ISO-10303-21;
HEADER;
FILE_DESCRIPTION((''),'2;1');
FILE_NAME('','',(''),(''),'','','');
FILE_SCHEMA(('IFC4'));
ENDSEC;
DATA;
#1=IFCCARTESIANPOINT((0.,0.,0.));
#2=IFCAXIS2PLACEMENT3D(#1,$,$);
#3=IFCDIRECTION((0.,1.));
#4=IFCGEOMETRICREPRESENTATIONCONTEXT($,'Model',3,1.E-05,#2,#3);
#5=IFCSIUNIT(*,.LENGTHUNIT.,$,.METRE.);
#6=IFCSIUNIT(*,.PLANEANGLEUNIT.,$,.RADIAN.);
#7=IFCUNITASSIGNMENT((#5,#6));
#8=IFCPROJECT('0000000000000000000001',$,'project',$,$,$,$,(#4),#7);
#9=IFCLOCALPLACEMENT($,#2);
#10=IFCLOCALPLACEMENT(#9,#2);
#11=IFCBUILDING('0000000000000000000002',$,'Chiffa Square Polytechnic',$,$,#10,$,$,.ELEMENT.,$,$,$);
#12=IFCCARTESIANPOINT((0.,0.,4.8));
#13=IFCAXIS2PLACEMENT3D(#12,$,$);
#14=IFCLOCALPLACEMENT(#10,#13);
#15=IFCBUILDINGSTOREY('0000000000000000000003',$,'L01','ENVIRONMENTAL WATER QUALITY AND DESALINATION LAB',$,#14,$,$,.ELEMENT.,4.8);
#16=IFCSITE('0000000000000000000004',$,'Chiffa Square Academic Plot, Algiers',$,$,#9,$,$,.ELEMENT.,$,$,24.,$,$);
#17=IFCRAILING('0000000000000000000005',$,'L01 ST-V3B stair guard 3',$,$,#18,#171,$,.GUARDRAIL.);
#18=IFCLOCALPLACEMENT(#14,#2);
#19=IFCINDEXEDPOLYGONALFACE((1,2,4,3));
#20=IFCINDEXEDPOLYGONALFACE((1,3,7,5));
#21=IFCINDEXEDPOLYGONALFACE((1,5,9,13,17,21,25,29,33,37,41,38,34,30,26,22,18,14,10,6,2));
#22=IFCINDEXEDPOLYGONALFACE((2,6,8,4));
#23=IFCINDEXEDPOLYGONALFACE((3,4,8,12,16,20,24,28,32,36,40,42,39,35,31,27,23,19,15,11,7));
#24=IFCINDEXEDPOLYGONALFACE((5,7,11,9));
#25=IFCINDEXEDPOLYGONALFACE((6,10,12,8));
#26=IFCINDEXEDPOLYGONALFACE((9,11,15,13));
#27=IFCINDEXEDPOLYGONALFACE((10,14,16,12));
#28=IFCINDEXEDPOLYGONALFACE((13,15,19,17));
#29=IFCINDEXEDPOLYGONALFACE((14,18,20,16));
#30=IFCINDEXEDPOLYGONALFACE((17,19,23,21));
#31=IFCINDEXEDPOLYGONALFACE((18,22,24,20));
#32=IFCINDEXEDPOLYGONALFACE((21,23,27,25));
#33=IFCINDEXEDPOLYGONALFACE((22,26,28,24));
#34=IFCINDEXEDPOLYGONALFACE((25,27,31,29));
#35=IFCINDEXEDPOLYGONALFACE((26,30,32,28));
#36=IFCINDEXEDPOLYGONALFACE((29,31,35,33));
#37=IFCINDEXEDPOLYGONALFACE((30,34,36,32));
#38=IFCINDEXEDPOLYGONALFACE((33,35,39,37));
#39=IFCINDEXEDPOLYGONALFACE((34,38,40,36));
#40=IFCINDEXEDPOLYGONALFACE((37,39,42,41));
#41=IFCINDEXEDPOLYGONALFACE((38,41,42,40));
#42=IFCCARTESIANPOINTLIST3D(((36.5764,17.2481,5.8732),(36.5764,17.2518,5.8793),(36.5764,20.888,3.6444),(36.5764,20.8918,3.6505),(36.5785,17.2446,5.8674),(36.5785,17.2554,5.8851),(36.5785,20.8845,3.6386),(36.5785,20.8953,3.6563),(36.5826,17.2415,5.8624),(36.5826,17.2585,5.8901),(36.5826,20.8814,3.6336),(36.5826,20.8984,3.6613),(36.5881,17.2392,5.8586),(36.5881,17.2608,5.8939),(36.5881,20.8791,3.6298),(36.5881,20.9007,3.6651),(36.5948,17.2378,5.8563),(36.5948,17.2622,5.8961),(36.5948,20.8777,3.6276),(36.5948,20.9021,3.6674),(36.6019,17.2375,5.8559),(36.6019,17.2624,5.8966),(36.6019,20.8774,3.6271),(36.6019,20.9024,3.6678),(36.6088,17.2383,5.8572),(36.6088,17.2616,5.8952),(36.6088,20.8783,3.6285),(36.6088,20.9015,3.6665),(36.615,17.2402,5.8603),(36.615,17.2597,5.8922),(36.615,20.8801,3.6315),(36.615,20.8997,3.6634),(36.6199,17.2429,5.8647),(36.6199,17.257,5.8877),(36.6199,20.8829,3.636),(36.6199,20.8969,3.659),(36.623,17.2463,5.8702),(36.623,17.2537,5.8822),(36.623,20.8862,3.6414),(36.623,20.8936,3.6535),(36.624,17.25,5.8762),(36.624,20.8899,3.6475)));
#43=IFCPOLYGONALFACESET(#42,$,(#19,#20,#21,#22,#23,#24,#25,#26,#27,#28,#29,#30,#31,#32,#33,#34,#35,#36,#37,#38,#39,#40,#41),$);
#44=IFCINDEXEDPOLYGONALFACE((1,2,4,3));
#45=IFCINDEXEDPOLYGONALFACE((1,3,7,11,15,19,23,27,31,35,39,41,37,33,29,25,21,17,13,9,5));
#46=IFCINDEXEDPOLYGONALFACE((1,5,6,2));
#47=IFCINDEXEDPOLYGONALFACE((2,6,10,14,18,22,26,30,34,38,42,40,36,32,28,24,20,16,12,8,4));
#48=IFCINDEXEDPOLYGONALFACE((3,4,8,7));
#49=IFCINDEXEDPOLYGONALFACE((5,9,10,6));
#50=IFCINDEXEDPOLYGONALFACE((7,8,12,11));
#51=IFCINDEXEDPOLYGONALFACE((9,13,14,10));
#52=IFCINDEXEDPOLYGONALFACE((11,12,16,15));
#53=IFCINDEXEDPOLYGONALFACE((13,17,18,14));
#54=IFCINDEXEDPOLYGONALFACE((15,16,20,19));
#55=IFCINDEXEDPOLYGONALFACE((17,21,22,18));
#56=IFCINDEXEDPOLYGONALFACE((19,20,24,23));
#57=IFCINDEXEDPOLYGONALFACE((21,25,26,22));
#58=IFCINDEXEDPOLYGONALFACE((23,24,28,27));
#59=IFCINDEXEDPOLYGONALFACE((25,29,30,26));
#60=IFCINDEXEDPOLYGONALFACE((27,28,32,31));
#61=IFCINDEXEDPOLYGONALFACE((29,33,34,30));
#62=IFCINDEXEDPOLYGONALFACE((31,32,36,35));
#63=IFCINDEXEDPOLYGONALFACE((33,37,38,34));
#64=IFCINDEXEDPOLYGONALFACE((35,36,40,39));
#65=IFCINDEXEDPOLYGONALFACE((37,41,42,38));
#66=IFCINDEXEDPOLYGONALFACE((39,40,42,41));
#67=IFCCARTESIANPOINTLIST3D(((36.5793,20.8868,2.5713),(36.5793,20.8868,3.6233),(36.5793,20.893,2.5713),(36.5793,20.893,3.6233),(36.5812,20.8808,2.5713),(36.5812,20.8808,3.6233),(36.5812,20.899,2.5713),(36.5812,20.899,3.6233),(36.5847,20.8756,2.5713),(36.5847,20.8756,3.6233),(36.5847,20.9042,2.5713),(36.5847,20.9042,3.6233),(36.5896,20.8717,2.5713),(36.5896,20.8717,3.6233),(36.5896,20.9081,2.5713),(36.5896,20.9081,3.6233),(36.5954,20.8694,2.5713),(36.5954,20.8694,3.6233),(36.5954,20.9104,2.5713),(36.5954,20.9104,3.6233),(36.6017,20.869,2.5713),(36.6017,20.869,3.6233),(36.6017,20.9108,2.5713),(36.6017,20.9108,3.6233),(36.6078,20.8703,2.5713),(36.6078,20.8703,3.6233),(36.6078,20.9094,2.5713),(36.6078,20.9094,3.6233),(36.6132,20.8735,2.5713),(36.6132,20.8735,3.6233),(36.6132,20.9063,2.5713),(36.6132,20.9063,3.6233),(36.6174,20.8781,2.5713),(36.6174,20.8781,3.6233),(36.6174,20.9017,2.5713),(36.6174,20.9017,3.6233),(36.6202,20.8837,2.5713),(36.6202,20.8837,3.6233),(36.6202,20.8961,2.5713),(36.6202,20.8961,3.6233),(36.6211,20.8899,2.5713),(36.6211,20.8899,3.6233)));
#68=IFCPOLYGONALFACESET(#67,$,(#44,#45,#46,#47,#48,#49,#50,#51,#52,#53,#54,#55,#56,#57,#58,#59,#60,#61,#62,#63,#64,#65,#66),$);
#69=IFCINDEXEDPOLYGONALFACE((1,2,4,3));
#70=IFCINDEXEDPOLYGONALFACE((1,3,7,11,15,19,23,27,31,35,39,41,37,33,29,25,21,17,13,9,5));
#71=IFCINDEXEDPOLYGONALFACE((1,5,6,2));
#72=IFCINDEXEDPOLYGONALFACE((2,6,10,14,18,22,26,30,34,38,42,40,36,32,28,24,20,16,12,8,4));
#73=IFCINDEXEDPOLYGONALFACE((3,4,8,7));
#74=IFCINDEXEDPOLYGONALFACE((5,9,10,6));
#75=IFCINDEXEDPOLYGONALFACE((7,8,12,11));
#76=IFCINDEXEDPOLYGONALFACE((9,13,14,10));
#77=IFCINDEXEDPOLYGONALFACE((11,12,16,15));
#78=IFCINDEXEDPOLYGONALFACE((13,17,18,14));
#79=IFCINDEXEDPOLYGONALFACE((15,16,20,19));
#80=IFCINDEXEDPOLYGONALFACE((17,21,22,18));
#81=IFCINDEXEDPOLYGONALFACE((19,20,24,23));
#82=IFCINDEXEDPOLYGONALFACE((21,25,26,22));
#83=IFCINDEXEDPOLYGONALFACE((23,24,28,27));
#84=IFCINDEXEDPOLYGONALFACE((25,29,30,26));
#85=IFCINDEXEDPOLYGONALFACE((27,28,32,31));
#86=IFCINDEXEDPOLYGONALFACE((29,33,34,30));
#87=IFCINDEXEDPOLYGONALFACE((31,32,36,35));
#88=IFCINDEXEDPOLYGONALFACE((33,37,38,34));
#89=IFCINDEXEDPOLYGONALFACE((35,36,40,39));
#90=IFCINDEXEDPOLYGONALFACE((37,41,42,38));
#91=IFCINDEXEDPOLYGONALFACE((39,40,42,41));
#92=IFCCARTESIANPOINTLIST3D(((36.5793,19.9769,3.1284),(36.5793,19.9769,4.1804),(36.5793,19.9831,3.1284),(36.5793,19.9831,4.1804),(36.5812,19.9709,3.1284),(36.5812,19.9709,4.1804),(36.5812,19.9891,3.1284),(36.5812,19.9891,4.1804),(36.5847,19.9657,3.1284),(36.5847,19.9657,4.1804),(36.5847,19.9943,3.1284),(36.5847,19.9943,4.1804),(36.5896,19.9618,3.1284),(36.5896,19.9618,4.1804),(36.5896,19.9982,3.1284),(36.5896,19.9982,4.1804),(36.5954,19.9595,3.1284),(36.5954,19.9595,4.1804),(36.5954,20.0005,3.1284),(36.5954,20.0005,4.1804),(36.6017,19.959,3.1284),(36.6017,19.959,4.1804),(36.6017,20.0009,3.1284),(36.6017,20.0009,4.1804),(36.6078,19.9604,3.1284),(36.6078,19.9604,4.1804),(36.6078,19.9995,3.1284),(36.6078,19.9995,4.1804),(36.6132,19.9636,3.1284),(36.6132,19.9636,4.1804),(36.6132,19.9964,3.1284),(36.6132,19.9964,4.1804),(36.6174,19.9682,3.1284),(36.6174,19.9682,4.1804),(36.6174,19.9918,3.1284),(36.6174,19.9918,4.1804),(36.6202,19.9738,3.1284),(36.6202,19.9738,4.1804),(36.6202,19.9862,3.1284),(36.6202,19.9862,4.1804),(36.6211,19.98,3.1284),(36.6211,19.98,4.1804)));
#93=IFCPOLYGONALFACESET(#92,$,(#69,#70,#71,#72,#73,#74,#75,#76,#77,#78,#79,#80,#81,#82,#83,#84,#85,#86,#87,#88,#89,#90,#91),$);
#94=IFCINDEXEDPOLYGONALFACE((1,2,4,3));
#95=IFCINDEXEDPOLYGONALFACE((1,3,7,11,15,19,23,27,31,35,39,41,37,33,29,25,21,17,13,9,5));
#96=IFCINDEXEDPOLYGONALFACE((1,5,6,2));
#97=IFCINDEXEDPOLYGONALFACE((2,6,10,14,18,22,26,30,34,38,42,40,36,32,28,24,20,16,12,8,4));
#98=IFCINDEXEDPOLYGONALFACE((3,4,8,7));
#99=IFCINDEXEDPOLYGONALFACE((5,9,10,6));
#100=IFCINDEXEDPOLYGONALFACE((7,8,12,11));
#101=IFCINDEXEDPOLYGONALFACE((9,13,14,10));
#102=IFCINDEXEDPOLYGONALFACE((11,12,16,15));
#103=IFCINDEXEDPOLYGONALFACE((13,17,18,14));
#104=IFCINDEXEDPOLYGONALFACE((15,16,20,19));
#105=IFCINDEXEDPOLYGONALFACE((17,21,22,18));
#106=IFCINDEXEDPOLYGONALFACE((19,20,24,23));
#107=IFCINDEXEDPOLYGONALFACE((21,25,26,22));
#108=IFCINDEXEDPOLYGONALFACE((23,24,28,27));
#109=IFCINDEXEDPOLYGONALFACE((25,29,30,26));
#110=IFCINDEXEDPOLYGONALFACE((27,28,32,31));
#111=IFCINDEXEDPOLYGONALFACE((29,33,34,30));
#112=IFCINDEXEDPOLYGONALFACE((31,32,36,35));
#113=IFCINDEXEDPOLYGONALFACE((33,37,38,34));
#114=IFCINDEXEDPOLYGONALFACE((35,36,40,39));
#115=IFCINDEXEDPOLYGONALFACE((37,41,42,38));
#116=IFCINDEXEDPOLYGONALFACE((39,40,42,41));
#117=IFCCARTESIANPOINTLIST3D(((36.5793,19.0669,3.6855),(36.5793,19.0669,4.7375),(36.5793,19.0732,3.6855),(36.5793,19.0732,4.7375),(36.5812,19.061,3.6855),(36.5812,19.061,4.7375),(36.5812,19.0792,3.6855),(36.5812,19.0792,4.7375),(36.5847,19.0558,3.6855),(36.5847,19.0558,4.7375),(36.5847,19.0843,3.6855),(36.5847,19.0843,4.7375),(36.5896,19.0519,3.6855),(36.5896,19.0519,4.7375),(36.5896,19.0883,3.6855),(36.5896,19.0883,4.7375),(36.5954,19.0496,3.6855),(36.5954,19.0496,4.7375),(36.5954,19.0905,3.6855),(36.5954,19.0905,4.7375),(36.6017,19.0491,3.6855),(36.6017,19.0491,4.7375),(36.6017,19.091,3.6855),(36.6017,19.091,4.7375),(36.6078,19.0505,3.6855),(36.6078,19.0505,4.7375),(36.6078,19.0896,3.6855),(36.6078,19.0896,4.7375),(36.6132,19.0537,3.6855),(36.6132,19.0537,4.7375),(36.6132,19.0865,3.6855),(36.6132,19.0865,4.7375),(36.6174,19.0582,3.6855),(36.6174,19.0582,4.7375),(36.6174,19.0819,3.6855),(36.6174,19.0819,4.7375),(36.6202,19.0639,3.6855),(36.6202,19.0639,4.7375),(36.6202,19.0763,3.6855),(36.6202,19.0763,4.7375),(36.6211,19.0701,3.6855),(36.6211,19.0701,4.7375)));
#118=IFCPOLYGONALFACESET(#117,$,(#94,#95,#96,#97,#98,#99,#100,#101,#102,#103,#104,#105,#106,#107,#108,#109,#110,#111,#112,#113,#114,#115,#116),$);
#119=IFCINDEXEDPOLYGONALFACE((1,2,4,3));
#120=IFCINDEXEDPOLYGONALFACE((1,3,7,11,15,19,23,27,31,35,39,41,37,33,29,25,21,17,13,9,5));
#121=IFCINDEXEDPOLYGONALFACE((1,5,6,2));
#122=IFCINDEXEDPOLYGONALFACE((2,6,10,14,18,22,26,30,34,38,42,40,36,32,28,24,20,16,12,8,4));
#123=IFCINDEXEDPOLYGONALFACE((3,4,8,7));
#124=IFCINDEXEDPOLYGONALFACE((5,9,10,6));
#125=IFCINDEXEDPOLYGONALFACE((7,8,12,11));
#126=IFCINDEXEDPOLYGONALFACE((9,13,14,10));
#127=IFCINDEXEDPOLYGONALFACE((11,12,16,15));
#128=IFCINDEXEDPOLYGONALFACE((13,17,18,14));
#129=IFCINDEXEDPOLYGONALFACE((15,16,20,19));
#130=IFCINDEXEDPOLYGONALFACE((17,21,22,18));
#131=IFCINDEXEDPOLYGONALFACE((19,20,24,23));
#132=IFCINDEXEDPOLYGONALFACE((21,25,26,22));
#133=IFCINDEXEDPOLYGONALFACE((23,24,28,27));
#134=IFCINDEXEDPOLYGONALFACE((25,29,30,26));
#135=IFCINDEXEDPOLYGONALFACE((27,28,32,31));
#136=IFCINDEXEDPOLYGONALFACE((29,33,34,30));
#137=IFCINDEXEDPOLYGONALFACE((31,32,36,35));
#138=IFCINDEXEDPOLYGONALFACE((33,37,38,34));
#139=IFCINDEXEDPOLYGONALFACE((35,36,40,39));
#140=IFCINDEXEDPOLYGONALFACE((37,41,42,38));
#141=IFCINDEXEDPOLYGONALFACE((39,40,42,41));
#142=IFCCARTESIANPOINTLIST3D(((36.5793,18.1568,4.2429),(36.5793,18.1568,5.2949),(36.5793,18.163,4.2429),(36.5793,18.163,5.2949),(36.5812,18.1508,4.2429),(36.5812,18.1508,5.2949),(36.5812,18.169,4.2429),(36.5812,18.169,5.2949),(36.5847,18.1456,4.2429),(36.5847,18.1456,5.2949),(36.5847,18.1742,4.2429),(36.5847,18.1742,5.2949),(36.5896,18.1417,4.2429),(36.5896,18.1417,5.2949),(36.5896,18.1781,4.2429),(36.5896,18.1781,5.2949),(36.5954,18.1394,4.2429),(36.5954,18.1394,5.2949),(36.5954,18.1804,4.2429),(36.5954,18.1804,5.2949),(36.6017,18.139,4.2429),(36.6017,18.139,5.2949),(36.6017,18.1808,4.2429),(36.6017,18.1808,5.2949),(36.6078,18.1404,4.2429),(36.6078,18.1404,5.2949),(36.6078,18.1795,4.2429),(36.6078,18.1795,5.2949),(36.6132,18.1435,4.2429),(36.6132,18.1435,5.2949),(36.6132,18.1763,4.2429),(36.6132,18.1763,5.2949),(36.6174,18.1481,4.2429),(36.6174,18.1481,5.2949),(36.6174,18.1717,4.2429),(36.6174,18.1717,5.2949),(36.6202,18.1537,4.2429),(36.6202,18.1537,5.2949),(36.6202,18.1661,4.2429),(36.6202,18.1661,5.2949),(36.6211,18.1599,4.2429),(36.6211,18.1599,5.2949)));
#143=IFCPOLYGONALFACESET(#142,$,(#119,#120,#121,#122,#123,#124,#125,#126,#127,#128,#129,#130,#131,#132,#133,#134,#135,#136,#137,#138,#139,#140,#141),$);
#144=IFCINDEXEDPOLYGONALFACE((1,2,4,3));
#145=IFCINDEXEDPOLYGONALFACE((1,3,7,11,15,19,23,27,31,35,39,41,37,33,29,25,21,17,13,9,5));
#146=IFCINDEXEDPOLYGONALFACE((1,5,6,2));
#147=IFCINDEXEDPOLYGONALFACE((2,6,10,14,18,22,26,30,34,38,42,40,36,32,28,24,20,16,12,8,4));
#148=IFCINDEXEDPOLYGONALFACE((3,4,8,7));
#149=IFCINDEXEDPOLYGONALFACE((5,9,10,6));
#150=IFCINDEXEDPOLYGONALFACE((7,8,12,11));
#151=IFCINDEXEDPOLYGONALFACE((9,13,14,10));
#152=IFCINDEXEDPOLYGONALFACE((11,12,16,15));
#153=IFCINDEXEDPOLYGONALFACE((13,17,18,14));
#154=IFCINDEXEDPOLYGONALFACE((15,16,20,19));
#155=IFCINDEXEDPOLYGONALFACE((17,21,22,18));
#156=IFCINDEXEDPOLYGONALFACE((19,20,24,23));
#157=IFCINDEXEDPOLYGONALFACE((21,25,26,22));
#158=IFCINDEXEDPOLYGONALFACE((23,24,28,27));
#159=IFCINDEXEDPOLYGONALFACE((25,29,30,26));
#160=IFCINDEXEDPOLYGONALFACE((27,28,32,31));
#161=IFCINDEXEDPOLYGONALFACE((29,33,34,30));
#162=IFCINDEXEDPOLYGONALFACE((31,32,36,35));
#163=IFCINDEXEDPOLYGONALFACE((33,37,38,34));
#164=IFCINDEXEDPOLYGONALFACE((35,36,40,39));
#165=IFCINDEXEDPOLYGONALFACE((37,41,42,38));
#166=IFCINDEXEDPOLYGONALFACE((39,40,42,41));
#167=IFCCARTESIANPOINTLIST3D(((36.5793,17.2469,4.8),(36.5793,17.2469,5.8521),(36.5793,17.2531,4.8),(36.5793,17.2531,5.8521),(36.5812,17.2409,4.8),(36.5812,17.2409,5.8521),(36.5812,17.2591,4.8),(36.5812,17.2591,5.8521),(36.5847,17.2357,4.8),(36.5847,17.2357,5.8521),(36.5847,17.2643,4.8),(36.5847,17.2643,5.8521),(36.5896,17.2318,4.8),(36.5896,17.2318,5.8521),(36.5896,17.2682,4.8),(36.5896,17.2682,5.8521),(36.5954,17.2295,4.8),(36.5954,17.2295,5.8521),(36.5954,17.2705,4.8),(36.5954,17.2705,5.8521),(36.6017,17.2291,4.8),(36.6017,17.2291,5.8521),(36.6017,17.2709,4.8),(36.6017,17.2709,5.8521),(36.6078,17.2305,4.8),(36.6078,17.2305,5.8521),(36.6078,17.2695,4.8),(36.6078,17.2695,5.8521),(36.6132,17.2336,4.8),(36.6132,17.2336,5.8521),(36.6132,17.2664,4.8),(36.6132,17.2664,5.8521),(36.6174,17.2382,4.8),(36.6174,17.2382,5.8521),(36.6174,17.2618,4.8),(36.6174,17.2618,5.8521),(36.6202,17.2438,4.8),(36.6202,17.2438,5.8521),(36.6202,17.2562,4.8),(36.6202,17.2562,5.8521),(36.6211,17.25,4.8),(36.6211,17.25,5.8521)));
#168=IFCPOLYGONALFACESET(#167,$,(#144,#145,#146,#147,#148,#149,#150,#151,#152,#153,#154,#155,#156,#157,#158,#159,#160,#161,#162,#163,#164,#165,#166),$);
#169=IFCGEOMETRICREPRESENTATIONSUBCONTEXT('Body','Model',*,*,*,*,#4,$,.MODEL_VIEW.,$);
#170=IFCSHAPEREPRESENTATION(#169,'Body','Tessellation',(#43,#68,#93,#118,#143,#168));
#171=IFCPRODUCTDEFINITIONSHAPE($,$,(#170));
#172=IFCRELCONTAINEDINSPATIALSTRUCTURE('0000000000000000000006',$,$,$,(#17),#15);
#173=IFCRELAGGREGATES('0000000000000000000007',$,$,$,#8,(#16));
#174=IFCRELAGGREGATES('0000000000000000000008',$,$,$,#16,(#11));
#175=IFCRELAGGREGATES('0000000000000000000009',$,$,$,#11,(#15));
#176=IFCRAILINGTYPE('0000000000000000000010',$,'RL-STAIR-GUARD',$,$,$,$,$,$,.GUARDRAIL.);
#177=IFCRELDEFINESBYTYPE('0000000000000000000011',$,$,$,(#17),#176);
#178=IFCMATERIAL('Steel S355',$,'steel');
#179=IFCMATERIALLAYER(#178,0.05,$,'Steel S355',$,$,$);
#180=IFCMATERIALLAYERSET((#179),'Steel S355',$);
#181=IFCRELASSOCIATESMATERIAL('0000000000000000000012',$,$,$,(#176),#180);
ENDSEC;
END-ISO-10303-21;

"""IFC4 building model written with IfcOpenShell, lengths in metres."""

from ifc_helpers import new_model, si_unit, direction, frame, origin, origin_2d, place, context, subcontext, project, spatial, circle, extrude, material, layer, layer_set, type_object, element, save


model = new_model("IFC4")

# Units and contexts
model_context = context("Model", 3, precision=1e-05, world=origin(), true_north=direction((0.0, 1.0)))
body_context = subcontext(model_context, "Body", "Model", "MODEL_VIEW")
ifc_project = project(units=[si_unit("LENGTHUNIT", "METRE"), si_unit("PLANEANGLEUNIT", "RADIAN")], contexts=[model_context])

# Site, building, storey
site_placement = place(None, origin())
site = spatial("IfcSite", under=ifc_project, at=site_placement, Name="Chiffa Square Academic Plot, Algiers", CompositionType="ELEMENT", RefElevation=24.0)
building_placement = place(site_placement, origin())
building = spatial("IfcBuilding", under=site, at=building_placement, Name="Chiffa Square Polytechnic", CompositionType="ELEMENT")
storey_placement = place(building_placement, frame((0.0, 0.0, 4.8)))
storey = spatial("IfcBuildingStorey", under=building, at=storey_placement, Name="L01", Description="ENVIRONMENTAL WATER QUALITY AND DESALINATION LAB", CompositionType="ELEMENT", Elevation=4.8)

# Railing
ifc_material_1 = material(Name="Steel S355", Category="steel")
ifc_layer_1 = layer(ifc_material_1, 0.05, Name="Steel S355")
ifc_layer_set_1 = layer_set([ifc_layer_1], Name="Steel S355")
railing_type_1 = type_object("IfcRailingType", Name="RL-STAIR-GUARD", PredefinedType="GUARDRAIL", material=ifc_layer_set_1)
railing_1_placement = place(storey_placement, frame((36.6001, 20.8899, 2.5713)))
element("IfcRailing", 1, at=railing_1_placement, inside=storey, type_object=railing_type_1, Name="L01 ST-V3B stair guard 3", PredefinedType="GUARDRAIL", context=body_context, shape_type="SweptSolid", body=[
    extrude(circle(Radius=0.0239, at=origin_2d()), frame((0.0, 0.0, 1.0762), z_axis=(0.0, -0.852825, 0.522197), x_axis=(1.0, 0.0, 0.0)), (0.0, 0.0, 1.0), 4.2681),
    extrude(circle(Radius=0.021, at=origin_2d()), origin(), (0.0, 0.0, 1.0), 1.052),
    extrude(circle(Radius=0.021, at=origin_2d()), frame((0.0, -0.9099, 0.5571)), (0.0, 0.0, 1.0), 1.052),
    extrude(circle(Radius=0.021, at=origin_2d()), frame((0.0, -1.8198, 1.1143)), (0.0, 0.0, 1.0), 1.052),
    extrude(circle(Radius=0.021, at=origin_2d()), frame((0.0, -2.73, 1.6716)), (0.0, 0.0, 1.0), 1.052),
    extrude(circle(Radius=0.021, at=origin_2d()), frame((0.0, -3.6399, 2.2288)), (0.0, 0.0, 1.0), 1.052),
])

save(model, "model.ifc")
